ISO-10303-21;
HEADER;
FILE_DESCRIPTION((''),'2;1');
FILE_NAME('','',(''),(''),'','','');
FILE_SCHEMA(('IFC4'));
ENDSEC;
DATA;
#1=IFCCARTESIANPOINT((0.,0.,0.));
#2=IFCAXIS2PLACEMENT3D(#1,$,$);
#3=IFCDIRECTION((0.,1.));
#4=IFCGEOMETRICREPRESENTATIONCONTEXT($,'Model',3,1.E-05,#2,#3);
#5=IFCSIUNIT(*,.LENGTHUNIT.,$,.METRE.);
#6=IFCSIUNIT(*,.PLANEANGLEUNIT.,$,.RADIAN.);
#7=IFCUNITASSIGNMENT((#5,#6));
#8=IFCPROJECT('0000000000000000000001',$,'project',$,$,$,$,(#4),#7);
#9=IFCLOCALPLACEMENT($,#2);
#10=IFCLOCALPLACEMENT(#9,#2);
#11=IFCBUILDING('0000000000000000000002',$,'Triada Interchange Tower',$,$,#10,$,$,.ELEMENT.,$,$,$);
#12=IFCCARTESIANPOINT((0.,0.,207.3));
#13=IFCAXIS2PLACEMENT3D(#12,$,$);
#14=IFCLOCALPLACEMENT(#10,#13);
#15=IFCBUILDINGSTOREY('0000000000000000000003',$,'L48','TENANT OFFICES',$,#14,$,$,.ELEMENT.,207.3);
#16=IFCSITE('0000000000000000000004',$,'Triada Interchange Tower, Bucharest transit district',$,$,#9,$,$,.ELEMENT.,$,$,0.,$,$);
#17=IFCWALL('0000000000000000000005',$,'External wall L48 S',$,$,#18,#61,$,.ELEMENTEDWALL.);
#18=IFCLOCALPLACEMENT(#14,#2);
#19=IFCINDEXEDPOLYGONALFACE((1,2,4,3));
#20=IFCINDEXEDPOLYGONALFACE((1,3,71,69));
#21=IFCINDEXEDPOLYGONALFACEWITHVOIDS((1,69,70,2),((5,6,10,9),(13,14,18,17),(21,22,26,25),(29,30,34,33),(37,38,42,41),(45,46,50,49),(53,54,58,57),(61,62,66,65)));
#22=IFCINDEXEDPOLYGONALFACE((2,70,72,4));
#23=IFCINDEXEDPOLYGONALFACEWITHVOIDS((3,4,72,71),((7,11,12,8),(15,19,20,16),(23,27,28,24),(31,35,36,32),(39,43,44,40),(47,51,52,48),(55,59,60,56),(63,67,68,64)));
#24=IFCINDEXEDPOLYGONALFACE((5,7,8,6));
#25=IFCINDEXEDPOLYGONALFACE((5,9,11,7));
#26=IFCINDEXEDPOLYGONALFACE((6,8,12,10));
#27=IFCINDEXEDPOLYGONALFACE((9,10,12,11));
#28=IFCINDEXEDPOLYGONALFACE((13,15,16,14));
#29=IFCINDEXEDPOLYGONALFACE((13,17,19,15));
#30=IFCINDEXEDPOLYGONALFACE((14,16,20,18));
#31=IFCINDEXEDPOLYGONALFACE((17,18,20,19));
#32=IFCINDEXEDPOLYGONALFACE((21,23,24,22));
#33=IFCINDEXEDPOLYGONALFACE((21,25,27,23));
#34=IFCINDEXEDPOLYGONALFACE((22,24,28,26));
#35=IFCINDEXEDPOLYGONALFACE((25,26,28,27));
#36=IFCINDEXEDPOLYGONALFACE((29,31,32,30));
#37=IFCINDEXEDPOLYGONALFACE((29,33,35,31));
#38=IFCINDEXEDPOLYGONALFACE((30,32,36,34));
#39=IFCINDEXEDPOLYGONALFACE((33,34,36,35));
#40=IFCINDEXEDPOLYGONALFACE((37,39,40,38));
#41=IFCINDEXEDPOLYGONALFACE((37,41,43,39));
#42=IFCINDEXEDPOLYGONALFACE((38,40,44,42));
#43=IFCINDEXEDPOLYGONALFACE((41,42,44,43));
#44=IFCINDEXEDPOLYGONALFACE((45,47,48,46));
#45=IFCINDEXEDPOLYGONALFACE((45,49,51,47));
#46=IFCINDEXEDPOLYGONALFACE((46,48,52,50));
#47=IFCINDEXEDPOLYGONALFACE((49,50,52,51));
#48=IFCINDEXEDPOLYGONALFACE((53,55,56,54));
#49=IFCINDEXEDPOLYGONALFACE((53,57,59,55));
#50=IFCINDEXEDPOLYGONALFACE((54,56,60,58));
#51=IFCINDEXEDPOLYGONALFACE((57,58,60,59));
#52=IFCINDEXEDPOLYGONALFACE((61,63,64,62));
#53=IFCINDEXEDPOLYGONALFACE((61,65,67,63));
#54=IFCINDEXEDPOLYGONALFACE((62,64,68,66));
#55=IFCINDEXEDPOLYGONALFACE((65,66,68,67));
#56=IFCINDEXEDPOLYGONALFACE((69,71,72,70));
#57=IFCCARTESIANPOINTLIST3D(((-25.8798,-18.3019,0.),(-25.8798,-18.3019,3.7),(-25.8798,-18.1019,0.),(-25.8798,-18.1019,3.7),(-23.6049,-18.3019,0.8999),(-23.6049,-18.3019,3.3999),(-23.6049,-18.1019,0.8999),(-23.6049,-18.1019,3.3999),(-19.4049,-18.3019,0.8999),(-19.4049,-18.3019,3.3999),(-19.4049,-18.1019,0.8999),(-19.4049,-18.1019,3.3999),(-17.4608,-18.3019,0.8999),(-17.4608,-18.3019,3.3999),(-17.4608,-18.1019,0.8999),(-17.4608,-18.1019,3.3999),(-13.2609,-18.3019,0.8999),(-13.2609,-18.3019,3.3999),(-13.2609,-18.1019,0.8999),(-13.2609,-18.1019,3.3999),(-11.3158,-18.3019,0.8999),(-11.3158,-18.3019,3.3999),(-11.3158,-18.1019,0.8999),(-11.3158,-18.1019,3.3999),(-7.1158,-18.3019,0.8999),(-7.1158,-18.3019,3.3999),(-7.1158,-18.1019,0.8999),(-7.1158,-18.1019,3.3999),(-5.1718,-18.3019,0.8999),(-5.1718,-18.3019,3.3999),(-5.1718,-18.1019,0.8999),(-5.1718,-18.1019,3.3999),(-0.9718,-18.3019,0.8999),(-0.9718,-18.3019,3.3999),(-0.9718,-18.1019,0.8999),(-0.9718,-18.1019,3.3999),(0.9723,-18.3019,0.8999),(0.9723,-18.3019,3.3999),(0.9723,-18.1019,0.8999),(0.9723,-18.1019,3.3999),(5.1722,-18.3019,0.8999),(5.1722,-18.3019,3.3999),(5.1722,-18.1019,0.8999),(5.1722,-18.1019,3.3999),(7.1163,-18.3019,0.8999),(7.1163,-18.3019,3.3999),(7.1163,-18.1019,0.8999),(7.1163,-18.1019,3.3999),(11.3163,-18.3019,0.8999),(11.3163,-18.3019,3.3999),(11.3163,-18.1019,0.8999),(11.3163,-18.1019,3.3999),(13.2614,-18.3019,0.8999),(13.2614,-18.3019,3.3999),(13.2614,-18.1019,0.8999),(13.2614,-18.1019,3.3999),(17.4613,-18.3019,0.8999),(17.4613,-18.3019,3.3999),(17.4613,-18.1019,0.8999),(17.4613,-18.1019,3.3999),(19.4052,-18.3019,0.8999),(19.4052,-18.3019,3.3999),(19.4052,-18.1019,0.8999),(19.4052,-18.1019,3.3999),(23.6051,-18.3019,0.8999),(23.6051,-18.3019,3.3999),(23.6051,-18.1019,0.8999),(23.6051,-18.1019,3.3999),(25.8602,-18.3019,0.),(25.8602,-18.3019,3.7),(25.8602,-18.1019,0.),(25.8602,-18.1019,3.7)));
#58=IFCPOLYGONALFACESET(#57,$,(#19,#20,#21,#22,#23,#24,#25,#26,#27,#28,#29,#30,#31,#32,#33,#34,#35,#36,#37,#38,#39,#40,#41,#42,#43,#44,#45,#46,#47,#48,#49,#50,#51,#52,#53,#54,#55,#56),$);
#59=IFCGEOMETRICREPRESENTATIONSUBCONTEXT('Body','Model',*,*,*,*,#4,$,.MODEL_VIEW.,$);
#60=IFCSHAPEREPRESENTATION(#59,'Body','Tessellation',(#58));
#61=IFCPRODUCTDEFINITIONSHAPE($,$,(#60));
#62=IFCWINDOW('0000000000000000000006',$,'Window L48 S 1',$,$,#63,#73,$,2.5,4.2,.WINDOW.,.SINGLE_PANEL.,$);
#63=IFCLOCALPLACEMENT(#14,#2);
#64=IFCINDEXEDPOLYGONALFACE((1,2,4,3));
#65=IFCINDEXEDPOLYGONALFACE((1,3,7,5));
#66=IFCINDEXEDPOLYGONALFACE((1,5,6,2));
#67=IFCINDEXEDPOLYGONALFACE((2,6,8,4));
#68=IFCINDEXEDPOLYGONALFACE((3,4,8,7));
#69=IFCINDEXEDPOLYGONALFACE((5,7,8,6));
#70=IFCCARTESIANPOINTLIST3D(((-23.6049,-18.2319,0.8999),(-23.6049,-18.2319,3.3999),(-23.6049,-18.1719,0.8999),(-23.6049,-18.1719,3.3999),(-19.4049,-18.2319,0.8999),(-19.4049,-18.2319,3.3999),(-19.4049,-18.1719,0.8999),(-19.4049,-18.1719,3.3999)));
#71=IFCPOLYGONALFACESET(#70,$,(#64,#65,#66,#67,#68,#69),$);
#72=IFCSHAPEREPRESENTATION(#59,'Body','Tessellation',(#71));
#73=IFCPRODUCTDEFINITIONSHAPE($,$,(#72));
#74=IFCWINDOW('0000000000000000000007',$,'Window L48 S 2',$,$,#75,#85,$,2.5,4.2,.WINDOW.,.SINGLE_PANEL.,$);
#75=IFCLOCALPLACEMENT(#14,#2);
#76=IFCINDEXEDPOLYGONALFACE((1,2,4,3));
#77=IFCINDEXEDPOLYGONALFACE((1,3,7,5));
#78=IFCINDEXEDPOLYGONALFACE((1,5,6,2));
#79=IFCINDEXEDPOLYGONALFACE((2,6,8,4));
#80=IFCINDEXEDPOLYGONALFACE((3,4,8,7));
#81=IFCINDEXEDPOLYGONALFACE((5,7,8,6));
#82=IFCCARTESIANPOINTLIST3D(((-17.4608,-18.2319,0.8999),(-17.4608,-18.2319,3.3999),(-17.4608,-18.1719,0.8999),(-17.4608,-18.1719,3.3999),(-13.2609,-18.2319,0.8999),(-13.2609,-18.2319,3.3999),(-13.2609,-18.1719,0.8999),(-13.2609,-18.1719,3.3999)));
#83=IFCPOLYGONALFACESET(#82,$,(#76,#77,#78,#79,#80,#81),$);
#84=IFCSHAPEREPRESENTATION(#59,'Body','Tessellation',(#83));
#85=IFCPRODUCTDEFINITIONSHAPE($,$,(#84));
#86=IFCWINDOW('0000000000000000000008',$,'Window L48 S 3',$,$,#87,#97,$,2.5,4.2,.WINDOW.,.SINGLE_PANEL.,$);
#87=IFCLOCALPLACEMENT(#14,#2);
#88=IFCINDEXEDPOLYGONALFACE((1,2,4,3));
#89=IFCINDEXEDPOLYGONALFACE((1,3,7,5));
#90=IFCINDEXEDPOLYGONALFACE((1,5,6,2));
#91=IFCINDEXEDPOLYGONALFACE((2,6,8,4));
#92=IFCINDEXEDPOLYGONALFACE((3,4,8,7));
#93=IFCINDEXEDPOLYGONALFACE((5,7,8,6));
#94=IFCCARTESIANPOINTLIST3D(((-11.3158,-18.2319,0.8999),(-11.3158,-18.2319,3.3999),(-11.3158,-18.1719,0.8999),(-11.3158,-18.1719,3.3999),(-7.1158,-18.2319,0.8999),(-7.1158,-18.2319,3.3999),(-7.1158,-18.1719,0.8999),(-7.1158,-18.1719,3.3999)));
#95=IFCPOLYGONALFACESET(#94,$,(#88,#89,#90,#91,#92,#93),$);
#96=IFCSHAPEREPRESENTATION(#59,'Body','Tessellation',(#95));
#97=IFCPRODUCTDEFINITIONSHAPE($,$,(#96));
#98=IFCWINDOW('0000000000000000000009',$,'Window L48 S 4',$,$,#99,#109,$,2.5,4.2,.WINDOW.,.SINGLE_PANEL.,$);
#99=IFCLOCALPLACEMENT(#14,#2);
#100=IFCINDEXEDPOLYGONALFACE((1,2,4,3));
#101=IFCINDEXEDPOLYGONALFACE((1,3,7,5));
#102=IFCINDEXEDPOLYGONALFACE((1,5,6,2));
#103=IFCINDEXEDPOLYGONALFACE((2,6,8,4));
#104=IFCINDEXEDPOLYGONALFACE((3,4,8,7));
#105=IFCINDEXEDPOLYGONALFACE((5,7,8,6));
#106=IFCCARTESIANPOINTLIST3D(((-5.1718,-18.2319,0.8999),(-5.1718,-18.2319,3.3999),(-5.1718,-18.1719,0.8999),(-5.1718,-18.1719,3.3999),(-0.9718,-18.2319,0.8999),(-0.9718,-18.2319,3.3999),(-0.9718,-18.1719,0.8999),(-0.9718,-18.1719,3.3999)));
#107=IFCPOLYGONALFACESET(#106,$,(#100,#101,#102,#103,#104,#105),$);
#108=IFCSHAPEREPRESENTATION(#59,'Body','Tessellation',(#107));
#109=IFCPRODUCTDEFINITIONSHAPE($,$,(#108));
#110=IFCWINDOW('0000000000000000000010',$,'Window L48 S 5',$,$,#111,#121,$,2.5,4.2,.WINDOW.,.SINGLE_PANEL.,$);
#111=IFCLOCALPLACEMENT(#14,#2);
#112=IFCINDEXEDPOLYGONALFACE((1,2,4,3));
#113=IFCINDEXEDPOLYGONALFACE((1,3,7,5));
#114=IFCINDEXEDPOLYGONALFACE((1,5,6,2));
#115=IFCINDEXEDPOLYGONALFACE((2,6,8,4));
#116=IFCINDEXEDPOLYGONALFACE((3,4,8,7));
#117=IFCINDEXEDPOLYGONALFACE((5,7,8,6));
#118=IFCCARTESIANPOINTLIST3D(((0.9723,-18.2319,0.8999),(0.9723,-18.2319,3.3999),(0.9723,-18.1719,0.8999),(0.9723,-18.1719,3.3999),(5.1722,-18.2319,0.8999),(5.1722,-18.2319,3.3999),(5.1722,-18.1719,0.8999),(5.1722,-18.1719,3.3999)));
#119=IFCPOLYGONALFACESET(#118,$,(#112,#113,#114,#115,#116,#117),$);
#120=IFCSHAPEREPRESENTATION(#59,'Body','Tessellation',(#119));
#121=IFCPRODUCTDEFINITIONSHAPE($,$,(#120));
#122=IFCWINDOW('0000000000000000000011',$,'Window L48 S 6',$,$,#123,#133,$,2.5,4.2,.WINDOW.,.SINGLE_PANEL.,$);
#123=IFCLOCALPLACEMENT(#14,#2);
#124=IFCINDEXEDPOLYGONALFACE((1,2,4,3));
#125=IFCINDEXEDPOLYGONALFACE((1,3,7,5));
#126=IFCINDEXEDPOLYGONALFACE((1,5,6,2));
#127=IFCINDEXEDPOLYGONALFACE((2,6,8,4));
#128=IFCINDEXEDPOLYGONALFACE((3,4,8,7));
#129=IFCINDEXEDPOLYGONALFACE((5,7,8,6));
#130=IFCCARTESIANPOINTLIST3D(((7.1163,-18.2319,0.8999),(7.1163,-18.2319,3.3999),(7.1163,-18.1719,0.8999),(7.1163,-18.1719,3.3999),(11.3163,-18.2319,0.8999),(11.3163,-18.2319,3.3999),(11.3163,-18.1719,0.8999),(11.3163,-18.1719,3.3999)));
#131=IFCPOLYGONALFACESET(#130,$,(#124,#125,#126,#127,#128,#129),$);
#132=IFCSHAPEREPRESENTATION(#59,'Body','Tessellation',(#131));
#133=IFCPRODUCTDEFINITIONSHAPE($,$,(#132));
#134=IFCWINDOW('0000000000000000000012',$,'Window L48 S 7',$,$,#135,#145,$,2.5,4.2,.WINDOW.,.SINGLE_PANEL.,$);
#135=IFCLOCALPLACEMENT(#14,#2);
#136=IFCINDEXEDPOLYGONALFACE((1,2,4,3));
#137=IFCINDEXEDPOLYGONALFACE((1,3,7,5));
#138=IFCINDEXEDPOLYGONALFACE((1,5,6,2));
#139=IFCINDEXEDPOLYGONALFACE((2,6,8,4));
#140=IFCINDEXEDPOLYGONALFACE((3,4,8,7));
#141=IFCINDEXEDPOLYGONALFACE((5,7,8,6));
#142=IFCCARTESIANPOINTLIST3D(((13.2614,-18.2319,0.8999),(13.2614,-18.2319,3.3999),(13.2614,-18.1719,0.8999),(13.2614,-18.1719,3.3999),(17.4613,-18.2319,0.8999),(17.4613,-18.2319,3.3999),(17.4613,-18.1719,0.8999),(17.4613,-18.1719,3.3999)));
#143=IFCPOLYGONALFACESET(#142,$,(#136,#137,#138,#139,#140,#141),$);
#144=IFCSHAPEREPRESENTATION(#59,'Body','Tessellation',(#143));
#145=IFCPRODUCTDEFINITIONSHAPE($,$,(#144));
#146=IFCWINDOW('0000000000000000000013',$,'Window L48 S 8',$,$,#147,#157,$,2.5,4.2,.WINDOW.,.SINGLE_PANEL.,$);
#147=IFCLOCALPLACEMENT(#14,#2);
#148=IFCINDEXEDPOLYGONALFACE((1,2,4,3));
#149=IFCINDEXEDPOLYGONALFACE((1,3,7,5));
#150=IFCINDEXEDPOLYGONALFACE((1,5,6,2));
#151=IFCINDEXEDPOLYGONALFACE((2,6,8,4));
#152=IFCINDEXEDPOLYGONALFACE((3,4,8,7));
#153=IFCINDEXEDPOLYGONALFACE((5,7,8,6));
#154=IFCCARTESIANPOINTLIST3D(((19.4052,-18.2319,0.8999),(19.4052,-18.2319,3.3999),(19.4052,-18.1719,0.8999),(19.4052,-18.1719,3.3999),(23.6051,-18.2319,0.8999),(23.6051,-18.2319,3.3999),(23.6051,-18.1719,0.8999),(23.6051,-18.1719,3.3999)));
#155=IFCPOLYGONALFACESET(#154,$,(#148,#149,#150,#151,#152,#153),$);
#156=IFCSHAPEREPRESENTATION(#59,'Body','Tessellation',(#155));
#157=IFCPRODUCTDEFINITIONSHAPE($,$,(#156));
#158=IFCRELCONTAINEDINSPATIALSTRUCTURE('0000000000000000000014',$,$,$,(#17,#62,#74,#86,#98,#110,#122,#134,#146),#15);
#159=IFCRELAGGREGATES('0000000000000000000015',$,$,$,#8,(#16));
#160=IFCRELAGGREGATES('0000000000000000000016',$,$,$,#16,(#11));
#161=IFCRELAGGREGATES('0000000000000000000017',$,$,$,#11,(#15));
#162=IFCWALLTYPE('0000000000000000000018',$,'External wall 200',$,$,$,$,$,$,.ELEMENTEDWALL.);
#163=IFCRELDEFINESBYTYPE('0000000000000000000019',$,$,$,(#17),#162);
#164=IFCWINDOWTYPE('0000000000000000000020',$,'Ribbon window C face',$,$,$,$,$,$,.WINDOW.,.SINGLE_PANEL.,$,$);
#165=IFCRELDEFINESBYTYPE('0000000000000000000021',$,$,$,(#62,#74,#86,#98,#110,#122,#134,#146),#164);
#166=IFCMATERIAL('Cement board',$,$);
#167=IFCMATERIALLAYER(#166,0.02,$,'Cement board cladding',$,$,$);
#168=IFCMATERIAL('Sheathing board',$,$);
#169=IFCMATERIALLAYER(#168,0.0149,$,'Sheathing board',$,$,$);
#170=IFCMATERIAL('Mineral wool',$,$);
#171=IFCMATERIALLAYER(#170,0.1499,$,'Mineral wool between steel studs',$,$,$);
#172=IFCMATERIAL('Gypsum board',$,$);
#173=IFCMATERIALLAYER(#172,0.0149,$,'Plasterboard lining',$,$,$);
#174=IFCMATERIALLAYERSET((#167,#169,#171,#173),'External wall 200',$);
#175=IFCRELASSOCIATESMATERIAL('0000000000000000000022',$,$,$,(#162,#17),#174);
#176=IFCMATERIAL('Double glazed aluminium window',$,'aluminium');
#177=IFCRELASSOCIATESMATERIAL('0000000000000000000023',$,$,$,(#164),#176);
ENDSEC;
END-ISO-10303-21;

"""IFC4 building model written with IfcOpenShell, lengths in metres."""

from ifc_helpers import new_model, si_unit, direction, frame, frame_2d, origin, place, context, subcontext, project, spatial, rectangle, extrude, material, layer, layer_set, layer_usage, type_object, element, fill, save


model = new_model("IFC4")

# Units and contexts
model_context = context("Model", 3, precision=1e-05, world=origin(), true_north=direction((0.0, 1.0)))
body_context = subcontext(model_context, "Body", "Model", "MODEL_VIEW")
ifc_project = project(units=[si_unit("LENGTHUNIT", "METRE"), si_unit("PLANEANGLEUNIT", "RADIAN")], contexts=[model_context])

# Site, building, storey
site_placement = place(None, origin())
site = spatial("IfcSite", under=ifc_project, at=site_placement, Name="Triada Interchange Tower, Bucharest transit district", CompositionType="ELEMENT", RefElevation=0.0)
building_placement = place(site_placement, origin())
building = spatial("IfcBuilding", under=site, at=building_placement, Name="Triada Interchange Tower", CompositionType="ELEMENT")
storey_placement = place(building_placement, frame((0.0, 0.0, 207.3)))
storey = spatial("IfcBuildingStorey", under=building, at=storey_placement, Name="L48", Description="TENANT OFFICES", CompositionType="ELEMENT", Elevation=207.3)

# Shared definitions
ifc_material_1 = material(Name="Cement board")
ifc_layer_1 = layer(ifc_material_1, 0.02, Name="Cement board cladding")
ifc_material_2 = material(Name="Sheathing board")
ifc_layer_2 = layer(ifc_material_2, 0.0149, Name="Sheathing board")
ifc_material_3 = material(Name="Mineral wool")
ifc_layer_3 = layer(ifc_material_3, 0.1499, Name="Mineral wool between steel studs")
ifc_material_4 = material(Name="Gypsum board")
ifc_layer_4 = layer(ifc_material_4, 0.0149, Name="Plasterboard lining")
ifc_layer_set_1 = layer_set([ifc_layer_1, ifc_layer_2, ifc_layer_3, ifc_layer_4], Name="External wall 200")
ifc_layer_usage = layer_usage(ifc_layer_set_1, "AXIS2", "POSITIVE", -0.1001)
wall_type_1 = type_object("IfcWallType", Name="External wall 200", PredefinedType="ELEMENTEDWALL", material=ifc_layer_set_1)
ifc_material_5 = material(Name="Double glazed aluminium window", Category="aluminium")

# Wall, openings, windows
wall_1_placement = place(storey_placement, frame((-25.8799, -18.2019, 0.0), z_axis=(0.0, 0.0, 1.0), x_axis=(1.0, 0.0, 0.0)))
wall_1 = element("IfcWall", 1, at=wall_1_placement, inside=storey, type_object=wall_type_1, material=ifc_layer_usage, Name="External wall L48 S", PredefinedType="ELEMENTEDWALL", context=body_context, shape_type="SweptSolid", body=[
    extrude(rectangle(XDim=51.74, YDim=0.2, at=frame_2d((25.8701, 0.0))), origin(), (0.0, 0.0, 1.0), 3.7),
])
opening_1_placement = place(wall_1_placement, frame((2.2749, 0.0, 0.8999)))
opening_1 = element("IfcOpeningElement", 2, at=opening_1_placement, cuts=wall_1, PredefinedType="OPENING", context=body_context, shape_type="SweptSolid", body=[
    extrude(rectangle(XDim=4.2, YDim=2.5, at=frame_2d((2.1001, 1.25))), frame((0.0, 0.1099, 0.0), z_axis=(0.0, -1.0, 0.0), x_axis=(1.0, 0.0, 0.0)), (0.0, 0.0, 1.0), 0.22),
])
opening_2_placement = place(wall_1_placement, frame((8.4189, 0.0, 0.8999)))
opening_2 = element("IfcOpeningElement", 3, at=opening_2_placement, cuts=wall_1, PredefinedType="OPENING", context=body_context, shape_type="SweptSolid", body=[
    extrude(rectangle(XDim=4.2, YDim=2.5, at=frame_2d((2.1001, 1.25))), frame((0.0, 0.1099, 0.0), z_axis=(0.0, -1.0, 0.0), x_axis=(1.0, 0.0, 0.0)), (0.0, 0.0, 1.0), 0.22),
])
opening_3_placement = place(wall_1_placement, frame((14.564, 0.0, 0.8999)))
opening_3 = element("IfcOpeningElement", 4, at=opening_3_placement, cuts=wall_1, PredefinedType="OPENING", context=body_context, shape_type="SweptSolid", body=[
    extrude(rectangle(XDim=4.2, YDim=2.5, at=frame_2d((2.1001, 1.25))), frame((0.0, 0.1099, 0.0), z_axis=(0.0, -1.0, 0.0), x_axis=(1.0, 0.0, 0.0)), (0.0, 0.0, 1.0), 0.22),
])
opening_4_placement = place(wall_1_placement, frame((20.708, 0.0, 0.8999)))
opening_4 = element("IfcOpeningElement", 5, at=opening_4_placement, cuts=wall_1, PredefinedType="OPENING", context=body_context, shape_type="SweptSolid", body=[
    extrude(rectangle(XDim=4.2, YDim=2.5, at=frame_2d((2.1001, 1.25))), frame((0.0, 0.1099, 0.0), z_axis=(0.0, -1.0, 0.0), x_axis=(1.0, 0.0, 0.0)), (0.0, 0.0, 1.0), 0.22),
])
opening_5_placement = place(wall_1_placement, frame((26.8521, 0.0, 0.8999)))
opening_5 = element("IfcOpeningElement", 6, at=opening_5_placement, cuts=wall_1, PredefinedType="OPENING", context=body_context, shape_type="SweptSolid", body=[
    extrude(rectangle(XDim=4.2, YDim=2.5, at=frame_2d((2.1001, 1.25))), frame((0.0, 0.1099, 0.0), z_axis=(0.0, -1.0, 0.0), x_axis=(1.0, 0.0, 0.0)), (0.0, 0.0, 1.0), 0.22),
])
opening_6_placement = place(wall_1_placement, frame((32.9961, 0.0, 0.8999)))
opening_6 = element("IfcOpeningElement", 7, at=opening_6_placement, cuts=wall_1, PredefinedType="OPENING", context=body_context, shape_type="SweptSolid", body=[
    extrude(rectangle(XDim=4.2, YDim=2.5, at=frame_2d((2.1001, 1.25))), frame((0.0, 0.1099, 0.0), z_axis=(0.0, -1.0, 0.0), x_axis=(1.0, 0.0, 0.0)), (0.0, 0.0, 1.0), 0.22),
])
opening_7_placement = place(wall_1_placement, frame((39.1411, 0.0, 0.8999)))
opening_7 = element("IfcOpeningElement", 8, at=opening_7_placement, cuts=wall_1, PredefinedType="OPENING", context=body_context, shape_type="SweptSolid", body=[
    extrude(rectangle(XDim=4.2, YDim=2.5, at=frame_2d((2.1001, 1.25))), frame((0.0, 0.1099, 0.0), z_axis=(0.0, -1.0, 0.0), x_axis=(1.0, 0.0, 0.0)), (0.0, 0.0, 1.0), 0.22),
])
opening_8_placement = place(wall_1_placement, frame((45.2849, 0.0, 0.8999)))
opening_8 = element("IfcOpeningElement", 9, at=opening_8_placement, cuts=wall_1, PredefinedType="OPENING", context=body_context, shape_type="SweptSolid", body=[
    extrude(rectangle(XDim=4.2, YDim=2.5, at=frame_2d((2.1001, 1.25))), frame((0.0, 0.1099, 0.0), z_axis=(0.0, -1.0, 0.0), x_axis=(1.0, 0.0, 0.0)), (0.0, 0.0, 1.0), 0.22),
])
window_type_1 = type_object("IfcWindowType", Name="Ribbon window C face", PartitioningType="SINGLE_PANEL", PredefinedType="WINDOW", material=ifc_material_5)
window_1_placement = place(opening_1_placement, origin())
window_1 = element("IfcWindow", 10, at=window_1_placement, inside=storey, type_object=window_type_1, Name="Window L48 S 1", OverallHeight=2.5, OverallWidth=4.2, PartitioningType="SINGLE_PANEL", PredefinedType="WINDOW", context=body_context, shape_type="SweptSolid", body=[
    extrude(rectangle(XDim=4.2, YDim=2.5, at=frame_2d((2.1001, 1.25))), frame((0.0, 0.03, 0.0), z_axis=(0.0, -1.0, 0.0), x_axis=(1.0, 0.0, 0.0)), (0.0, 0.0, 1.0), 0.0601),
])
fill(opening_1, window_1)
window_2_placement = place(opening_2_placement, origin())
window_2 = element("IfcWindow", 11, at=window_2_placement, inside=storey, type_object=window_type_1, Name="Window L48 S 2", OverallHeight=2.5, OverallWidth=4.2, PartitioningType="SINGLE_PANEL", PredefinedType="WINDOW", context=body_context, shape_type="SweptSolid", body=[
    extrude(rectangle(XDim=4.2, YDim=2.5, at=frame_2d((2.1001, 1.25))), frame((0.0, 0.03, 0.0), z_axis=(0.0, -1.0, 0.0), x_axis=(1.0, 0.0, 0.0)), (0.0, 0.0, 1.0), 0.0601),
])
fill(opening_2, window_2)
window_3_placement = place(opening_3_placement, origin())
window_3 = element("IfcWindow", 12, at=window_3_placement, inside=storey, type_object=window_type_1, Name="Window L48 S 3", OverallHeight=2.5, OverallWidth=4.2, PartitioningType="SINGLE_PANEL", PredefinedType="WINDOW", context=body_context, shape_type="SweptSolid", body=[
    extrude(rectangle(XDim=4.2, YDim=2.5, at=frame_2d((2.1001, 1.25))), frame((0.0, 0.03, 0.0), z_axis=(0.0, -1.0, 0.0), x_axis=(1.0, 0.0, 0.0)), (0.0, 0.0, 1.0), 0.0601),
])
fill(opening_3, window_3)
window_4_placement = place(opening_4_placement, origin())
window_4 = element("IfcWindow", 13, at=window_4_placement, inside=storey, type_object=window_type_1, Name="Window L48 S 4", OverallHeight=2.5, OverallWidth=4.2, PartitioningType="SINGLE_PANEL", PredefinedType="WINDOW", context=body_context, shape_type="SweptSolid", body=[
    extrude(rectangle(XDim=4.2, YDim=2.5, at=frame_2d((2.1001, 1.25))), frame((0.0, 0.03, 0.0), z_axis=(0.0, -1.0, 0.0), x_axis=(1.0, 0.0, 0.0)), (0.0, 0.0, 1.0), 0.0601),
])
fill(opening_4, window_4)
window_5_placement = place(opening_5_placement, origin())
window_5 = element("IfcWindow", 14, at=window_5_placement, inside=storey, type_object=window_type_1, Name="Window L48 S 5", OverallHeight=2.5, OverallWidth=4.2, PartitioningType="SINGLE_PANEL", PredefinedType="WINDOW", context=body_context, shape_type="SweptSolid", body=[
    extrude(rectangle(XDim=4.2, YDim=2.5, at=frame_2d((2.1001, 1.25))), frame((0.0, 0.03, 0.0), z_axis=(0.0, -1.0, 0.0), x_axis=(1.0, 0.0, 0.0)), (0.0, 0.0, 1.0), 0.0601),
])
fill(opening_5, window_5)
window_6_placement = place(opening_6_placement, origin())
window_6 = element("IfcWindow", 15, at=window_6_placement, inside=storey, type_object=window_type_1, Name="Window L48 S 6", OverallHeight=2.5, OverallWidth=4.2, PartitioningType="SINGLE_PANEL", PredefinedType="WINDOW", context=body_context, shape_type="SweptSolid", body=[
    extrude(rectangle(XDim=4.2, YDim=2.5, at=frame_2d((2.1001, 1.25))), frame((0.0, 0.03, 0.0), z_axis=(0.0, -1.0, 0.0), x_axis=(1.0, 0.0, 0.0)), (0.0, 0.0, 1.0), 0.0601),
])
fill(opening_6, window_6)
window_7_placement = place(opening_7_placement, origin())
window_7 = element("IfcWindow", 16, at=window_7_placement, inside=storey, type_object=window_type_1, Name="Window L48 S 7", OverallHeight=2.5, OverallWidth=4.2, PartitioningType="SINGLE_PANEL", PredefinedType="WINDOW", context=body_context, shape_type="SweptSolid", body=[
    extrude(rectangle(XDim=4.2, YDim=2.5, at=frame_2d((2.1001, 1.25))), frame((0.0, 0.03, 0.0), z_axis=(0.0, -1.0, 0.0), x_axis=(1.0, 0.0, 0.0)), (0.0, 0.0, 1.0), 0.0601),
])
fill(opening_7, window_7)
window_8_placement = place(opening_8_placement, origin())
window_8 = element("IfcWindow", 17, at=window_8_placement, inside=storey, type_object=window_type_1, Name="Window L48 S 8", OverallHeight=2.5, OverallWidth=4.2, PartitioningType="SINGLE_PANEL", PredefinedType="WINDOW", context=body_context, shape_type="SweptSolid", body=[
    extrude(rectangle(XDim=4.2, YDim=2.5, at=frame_2d((2.1001, 1.25))), frame((0.0, 0.03, 0.0), z_axis=(0.0, -1.0, 0.0), x_axis=(1.0, 0.0, 0.0)), (0.0, 0.0, 1.0), 0.0601),
])
fill(opening_8, window_8)

save(model, "model.ifc")
